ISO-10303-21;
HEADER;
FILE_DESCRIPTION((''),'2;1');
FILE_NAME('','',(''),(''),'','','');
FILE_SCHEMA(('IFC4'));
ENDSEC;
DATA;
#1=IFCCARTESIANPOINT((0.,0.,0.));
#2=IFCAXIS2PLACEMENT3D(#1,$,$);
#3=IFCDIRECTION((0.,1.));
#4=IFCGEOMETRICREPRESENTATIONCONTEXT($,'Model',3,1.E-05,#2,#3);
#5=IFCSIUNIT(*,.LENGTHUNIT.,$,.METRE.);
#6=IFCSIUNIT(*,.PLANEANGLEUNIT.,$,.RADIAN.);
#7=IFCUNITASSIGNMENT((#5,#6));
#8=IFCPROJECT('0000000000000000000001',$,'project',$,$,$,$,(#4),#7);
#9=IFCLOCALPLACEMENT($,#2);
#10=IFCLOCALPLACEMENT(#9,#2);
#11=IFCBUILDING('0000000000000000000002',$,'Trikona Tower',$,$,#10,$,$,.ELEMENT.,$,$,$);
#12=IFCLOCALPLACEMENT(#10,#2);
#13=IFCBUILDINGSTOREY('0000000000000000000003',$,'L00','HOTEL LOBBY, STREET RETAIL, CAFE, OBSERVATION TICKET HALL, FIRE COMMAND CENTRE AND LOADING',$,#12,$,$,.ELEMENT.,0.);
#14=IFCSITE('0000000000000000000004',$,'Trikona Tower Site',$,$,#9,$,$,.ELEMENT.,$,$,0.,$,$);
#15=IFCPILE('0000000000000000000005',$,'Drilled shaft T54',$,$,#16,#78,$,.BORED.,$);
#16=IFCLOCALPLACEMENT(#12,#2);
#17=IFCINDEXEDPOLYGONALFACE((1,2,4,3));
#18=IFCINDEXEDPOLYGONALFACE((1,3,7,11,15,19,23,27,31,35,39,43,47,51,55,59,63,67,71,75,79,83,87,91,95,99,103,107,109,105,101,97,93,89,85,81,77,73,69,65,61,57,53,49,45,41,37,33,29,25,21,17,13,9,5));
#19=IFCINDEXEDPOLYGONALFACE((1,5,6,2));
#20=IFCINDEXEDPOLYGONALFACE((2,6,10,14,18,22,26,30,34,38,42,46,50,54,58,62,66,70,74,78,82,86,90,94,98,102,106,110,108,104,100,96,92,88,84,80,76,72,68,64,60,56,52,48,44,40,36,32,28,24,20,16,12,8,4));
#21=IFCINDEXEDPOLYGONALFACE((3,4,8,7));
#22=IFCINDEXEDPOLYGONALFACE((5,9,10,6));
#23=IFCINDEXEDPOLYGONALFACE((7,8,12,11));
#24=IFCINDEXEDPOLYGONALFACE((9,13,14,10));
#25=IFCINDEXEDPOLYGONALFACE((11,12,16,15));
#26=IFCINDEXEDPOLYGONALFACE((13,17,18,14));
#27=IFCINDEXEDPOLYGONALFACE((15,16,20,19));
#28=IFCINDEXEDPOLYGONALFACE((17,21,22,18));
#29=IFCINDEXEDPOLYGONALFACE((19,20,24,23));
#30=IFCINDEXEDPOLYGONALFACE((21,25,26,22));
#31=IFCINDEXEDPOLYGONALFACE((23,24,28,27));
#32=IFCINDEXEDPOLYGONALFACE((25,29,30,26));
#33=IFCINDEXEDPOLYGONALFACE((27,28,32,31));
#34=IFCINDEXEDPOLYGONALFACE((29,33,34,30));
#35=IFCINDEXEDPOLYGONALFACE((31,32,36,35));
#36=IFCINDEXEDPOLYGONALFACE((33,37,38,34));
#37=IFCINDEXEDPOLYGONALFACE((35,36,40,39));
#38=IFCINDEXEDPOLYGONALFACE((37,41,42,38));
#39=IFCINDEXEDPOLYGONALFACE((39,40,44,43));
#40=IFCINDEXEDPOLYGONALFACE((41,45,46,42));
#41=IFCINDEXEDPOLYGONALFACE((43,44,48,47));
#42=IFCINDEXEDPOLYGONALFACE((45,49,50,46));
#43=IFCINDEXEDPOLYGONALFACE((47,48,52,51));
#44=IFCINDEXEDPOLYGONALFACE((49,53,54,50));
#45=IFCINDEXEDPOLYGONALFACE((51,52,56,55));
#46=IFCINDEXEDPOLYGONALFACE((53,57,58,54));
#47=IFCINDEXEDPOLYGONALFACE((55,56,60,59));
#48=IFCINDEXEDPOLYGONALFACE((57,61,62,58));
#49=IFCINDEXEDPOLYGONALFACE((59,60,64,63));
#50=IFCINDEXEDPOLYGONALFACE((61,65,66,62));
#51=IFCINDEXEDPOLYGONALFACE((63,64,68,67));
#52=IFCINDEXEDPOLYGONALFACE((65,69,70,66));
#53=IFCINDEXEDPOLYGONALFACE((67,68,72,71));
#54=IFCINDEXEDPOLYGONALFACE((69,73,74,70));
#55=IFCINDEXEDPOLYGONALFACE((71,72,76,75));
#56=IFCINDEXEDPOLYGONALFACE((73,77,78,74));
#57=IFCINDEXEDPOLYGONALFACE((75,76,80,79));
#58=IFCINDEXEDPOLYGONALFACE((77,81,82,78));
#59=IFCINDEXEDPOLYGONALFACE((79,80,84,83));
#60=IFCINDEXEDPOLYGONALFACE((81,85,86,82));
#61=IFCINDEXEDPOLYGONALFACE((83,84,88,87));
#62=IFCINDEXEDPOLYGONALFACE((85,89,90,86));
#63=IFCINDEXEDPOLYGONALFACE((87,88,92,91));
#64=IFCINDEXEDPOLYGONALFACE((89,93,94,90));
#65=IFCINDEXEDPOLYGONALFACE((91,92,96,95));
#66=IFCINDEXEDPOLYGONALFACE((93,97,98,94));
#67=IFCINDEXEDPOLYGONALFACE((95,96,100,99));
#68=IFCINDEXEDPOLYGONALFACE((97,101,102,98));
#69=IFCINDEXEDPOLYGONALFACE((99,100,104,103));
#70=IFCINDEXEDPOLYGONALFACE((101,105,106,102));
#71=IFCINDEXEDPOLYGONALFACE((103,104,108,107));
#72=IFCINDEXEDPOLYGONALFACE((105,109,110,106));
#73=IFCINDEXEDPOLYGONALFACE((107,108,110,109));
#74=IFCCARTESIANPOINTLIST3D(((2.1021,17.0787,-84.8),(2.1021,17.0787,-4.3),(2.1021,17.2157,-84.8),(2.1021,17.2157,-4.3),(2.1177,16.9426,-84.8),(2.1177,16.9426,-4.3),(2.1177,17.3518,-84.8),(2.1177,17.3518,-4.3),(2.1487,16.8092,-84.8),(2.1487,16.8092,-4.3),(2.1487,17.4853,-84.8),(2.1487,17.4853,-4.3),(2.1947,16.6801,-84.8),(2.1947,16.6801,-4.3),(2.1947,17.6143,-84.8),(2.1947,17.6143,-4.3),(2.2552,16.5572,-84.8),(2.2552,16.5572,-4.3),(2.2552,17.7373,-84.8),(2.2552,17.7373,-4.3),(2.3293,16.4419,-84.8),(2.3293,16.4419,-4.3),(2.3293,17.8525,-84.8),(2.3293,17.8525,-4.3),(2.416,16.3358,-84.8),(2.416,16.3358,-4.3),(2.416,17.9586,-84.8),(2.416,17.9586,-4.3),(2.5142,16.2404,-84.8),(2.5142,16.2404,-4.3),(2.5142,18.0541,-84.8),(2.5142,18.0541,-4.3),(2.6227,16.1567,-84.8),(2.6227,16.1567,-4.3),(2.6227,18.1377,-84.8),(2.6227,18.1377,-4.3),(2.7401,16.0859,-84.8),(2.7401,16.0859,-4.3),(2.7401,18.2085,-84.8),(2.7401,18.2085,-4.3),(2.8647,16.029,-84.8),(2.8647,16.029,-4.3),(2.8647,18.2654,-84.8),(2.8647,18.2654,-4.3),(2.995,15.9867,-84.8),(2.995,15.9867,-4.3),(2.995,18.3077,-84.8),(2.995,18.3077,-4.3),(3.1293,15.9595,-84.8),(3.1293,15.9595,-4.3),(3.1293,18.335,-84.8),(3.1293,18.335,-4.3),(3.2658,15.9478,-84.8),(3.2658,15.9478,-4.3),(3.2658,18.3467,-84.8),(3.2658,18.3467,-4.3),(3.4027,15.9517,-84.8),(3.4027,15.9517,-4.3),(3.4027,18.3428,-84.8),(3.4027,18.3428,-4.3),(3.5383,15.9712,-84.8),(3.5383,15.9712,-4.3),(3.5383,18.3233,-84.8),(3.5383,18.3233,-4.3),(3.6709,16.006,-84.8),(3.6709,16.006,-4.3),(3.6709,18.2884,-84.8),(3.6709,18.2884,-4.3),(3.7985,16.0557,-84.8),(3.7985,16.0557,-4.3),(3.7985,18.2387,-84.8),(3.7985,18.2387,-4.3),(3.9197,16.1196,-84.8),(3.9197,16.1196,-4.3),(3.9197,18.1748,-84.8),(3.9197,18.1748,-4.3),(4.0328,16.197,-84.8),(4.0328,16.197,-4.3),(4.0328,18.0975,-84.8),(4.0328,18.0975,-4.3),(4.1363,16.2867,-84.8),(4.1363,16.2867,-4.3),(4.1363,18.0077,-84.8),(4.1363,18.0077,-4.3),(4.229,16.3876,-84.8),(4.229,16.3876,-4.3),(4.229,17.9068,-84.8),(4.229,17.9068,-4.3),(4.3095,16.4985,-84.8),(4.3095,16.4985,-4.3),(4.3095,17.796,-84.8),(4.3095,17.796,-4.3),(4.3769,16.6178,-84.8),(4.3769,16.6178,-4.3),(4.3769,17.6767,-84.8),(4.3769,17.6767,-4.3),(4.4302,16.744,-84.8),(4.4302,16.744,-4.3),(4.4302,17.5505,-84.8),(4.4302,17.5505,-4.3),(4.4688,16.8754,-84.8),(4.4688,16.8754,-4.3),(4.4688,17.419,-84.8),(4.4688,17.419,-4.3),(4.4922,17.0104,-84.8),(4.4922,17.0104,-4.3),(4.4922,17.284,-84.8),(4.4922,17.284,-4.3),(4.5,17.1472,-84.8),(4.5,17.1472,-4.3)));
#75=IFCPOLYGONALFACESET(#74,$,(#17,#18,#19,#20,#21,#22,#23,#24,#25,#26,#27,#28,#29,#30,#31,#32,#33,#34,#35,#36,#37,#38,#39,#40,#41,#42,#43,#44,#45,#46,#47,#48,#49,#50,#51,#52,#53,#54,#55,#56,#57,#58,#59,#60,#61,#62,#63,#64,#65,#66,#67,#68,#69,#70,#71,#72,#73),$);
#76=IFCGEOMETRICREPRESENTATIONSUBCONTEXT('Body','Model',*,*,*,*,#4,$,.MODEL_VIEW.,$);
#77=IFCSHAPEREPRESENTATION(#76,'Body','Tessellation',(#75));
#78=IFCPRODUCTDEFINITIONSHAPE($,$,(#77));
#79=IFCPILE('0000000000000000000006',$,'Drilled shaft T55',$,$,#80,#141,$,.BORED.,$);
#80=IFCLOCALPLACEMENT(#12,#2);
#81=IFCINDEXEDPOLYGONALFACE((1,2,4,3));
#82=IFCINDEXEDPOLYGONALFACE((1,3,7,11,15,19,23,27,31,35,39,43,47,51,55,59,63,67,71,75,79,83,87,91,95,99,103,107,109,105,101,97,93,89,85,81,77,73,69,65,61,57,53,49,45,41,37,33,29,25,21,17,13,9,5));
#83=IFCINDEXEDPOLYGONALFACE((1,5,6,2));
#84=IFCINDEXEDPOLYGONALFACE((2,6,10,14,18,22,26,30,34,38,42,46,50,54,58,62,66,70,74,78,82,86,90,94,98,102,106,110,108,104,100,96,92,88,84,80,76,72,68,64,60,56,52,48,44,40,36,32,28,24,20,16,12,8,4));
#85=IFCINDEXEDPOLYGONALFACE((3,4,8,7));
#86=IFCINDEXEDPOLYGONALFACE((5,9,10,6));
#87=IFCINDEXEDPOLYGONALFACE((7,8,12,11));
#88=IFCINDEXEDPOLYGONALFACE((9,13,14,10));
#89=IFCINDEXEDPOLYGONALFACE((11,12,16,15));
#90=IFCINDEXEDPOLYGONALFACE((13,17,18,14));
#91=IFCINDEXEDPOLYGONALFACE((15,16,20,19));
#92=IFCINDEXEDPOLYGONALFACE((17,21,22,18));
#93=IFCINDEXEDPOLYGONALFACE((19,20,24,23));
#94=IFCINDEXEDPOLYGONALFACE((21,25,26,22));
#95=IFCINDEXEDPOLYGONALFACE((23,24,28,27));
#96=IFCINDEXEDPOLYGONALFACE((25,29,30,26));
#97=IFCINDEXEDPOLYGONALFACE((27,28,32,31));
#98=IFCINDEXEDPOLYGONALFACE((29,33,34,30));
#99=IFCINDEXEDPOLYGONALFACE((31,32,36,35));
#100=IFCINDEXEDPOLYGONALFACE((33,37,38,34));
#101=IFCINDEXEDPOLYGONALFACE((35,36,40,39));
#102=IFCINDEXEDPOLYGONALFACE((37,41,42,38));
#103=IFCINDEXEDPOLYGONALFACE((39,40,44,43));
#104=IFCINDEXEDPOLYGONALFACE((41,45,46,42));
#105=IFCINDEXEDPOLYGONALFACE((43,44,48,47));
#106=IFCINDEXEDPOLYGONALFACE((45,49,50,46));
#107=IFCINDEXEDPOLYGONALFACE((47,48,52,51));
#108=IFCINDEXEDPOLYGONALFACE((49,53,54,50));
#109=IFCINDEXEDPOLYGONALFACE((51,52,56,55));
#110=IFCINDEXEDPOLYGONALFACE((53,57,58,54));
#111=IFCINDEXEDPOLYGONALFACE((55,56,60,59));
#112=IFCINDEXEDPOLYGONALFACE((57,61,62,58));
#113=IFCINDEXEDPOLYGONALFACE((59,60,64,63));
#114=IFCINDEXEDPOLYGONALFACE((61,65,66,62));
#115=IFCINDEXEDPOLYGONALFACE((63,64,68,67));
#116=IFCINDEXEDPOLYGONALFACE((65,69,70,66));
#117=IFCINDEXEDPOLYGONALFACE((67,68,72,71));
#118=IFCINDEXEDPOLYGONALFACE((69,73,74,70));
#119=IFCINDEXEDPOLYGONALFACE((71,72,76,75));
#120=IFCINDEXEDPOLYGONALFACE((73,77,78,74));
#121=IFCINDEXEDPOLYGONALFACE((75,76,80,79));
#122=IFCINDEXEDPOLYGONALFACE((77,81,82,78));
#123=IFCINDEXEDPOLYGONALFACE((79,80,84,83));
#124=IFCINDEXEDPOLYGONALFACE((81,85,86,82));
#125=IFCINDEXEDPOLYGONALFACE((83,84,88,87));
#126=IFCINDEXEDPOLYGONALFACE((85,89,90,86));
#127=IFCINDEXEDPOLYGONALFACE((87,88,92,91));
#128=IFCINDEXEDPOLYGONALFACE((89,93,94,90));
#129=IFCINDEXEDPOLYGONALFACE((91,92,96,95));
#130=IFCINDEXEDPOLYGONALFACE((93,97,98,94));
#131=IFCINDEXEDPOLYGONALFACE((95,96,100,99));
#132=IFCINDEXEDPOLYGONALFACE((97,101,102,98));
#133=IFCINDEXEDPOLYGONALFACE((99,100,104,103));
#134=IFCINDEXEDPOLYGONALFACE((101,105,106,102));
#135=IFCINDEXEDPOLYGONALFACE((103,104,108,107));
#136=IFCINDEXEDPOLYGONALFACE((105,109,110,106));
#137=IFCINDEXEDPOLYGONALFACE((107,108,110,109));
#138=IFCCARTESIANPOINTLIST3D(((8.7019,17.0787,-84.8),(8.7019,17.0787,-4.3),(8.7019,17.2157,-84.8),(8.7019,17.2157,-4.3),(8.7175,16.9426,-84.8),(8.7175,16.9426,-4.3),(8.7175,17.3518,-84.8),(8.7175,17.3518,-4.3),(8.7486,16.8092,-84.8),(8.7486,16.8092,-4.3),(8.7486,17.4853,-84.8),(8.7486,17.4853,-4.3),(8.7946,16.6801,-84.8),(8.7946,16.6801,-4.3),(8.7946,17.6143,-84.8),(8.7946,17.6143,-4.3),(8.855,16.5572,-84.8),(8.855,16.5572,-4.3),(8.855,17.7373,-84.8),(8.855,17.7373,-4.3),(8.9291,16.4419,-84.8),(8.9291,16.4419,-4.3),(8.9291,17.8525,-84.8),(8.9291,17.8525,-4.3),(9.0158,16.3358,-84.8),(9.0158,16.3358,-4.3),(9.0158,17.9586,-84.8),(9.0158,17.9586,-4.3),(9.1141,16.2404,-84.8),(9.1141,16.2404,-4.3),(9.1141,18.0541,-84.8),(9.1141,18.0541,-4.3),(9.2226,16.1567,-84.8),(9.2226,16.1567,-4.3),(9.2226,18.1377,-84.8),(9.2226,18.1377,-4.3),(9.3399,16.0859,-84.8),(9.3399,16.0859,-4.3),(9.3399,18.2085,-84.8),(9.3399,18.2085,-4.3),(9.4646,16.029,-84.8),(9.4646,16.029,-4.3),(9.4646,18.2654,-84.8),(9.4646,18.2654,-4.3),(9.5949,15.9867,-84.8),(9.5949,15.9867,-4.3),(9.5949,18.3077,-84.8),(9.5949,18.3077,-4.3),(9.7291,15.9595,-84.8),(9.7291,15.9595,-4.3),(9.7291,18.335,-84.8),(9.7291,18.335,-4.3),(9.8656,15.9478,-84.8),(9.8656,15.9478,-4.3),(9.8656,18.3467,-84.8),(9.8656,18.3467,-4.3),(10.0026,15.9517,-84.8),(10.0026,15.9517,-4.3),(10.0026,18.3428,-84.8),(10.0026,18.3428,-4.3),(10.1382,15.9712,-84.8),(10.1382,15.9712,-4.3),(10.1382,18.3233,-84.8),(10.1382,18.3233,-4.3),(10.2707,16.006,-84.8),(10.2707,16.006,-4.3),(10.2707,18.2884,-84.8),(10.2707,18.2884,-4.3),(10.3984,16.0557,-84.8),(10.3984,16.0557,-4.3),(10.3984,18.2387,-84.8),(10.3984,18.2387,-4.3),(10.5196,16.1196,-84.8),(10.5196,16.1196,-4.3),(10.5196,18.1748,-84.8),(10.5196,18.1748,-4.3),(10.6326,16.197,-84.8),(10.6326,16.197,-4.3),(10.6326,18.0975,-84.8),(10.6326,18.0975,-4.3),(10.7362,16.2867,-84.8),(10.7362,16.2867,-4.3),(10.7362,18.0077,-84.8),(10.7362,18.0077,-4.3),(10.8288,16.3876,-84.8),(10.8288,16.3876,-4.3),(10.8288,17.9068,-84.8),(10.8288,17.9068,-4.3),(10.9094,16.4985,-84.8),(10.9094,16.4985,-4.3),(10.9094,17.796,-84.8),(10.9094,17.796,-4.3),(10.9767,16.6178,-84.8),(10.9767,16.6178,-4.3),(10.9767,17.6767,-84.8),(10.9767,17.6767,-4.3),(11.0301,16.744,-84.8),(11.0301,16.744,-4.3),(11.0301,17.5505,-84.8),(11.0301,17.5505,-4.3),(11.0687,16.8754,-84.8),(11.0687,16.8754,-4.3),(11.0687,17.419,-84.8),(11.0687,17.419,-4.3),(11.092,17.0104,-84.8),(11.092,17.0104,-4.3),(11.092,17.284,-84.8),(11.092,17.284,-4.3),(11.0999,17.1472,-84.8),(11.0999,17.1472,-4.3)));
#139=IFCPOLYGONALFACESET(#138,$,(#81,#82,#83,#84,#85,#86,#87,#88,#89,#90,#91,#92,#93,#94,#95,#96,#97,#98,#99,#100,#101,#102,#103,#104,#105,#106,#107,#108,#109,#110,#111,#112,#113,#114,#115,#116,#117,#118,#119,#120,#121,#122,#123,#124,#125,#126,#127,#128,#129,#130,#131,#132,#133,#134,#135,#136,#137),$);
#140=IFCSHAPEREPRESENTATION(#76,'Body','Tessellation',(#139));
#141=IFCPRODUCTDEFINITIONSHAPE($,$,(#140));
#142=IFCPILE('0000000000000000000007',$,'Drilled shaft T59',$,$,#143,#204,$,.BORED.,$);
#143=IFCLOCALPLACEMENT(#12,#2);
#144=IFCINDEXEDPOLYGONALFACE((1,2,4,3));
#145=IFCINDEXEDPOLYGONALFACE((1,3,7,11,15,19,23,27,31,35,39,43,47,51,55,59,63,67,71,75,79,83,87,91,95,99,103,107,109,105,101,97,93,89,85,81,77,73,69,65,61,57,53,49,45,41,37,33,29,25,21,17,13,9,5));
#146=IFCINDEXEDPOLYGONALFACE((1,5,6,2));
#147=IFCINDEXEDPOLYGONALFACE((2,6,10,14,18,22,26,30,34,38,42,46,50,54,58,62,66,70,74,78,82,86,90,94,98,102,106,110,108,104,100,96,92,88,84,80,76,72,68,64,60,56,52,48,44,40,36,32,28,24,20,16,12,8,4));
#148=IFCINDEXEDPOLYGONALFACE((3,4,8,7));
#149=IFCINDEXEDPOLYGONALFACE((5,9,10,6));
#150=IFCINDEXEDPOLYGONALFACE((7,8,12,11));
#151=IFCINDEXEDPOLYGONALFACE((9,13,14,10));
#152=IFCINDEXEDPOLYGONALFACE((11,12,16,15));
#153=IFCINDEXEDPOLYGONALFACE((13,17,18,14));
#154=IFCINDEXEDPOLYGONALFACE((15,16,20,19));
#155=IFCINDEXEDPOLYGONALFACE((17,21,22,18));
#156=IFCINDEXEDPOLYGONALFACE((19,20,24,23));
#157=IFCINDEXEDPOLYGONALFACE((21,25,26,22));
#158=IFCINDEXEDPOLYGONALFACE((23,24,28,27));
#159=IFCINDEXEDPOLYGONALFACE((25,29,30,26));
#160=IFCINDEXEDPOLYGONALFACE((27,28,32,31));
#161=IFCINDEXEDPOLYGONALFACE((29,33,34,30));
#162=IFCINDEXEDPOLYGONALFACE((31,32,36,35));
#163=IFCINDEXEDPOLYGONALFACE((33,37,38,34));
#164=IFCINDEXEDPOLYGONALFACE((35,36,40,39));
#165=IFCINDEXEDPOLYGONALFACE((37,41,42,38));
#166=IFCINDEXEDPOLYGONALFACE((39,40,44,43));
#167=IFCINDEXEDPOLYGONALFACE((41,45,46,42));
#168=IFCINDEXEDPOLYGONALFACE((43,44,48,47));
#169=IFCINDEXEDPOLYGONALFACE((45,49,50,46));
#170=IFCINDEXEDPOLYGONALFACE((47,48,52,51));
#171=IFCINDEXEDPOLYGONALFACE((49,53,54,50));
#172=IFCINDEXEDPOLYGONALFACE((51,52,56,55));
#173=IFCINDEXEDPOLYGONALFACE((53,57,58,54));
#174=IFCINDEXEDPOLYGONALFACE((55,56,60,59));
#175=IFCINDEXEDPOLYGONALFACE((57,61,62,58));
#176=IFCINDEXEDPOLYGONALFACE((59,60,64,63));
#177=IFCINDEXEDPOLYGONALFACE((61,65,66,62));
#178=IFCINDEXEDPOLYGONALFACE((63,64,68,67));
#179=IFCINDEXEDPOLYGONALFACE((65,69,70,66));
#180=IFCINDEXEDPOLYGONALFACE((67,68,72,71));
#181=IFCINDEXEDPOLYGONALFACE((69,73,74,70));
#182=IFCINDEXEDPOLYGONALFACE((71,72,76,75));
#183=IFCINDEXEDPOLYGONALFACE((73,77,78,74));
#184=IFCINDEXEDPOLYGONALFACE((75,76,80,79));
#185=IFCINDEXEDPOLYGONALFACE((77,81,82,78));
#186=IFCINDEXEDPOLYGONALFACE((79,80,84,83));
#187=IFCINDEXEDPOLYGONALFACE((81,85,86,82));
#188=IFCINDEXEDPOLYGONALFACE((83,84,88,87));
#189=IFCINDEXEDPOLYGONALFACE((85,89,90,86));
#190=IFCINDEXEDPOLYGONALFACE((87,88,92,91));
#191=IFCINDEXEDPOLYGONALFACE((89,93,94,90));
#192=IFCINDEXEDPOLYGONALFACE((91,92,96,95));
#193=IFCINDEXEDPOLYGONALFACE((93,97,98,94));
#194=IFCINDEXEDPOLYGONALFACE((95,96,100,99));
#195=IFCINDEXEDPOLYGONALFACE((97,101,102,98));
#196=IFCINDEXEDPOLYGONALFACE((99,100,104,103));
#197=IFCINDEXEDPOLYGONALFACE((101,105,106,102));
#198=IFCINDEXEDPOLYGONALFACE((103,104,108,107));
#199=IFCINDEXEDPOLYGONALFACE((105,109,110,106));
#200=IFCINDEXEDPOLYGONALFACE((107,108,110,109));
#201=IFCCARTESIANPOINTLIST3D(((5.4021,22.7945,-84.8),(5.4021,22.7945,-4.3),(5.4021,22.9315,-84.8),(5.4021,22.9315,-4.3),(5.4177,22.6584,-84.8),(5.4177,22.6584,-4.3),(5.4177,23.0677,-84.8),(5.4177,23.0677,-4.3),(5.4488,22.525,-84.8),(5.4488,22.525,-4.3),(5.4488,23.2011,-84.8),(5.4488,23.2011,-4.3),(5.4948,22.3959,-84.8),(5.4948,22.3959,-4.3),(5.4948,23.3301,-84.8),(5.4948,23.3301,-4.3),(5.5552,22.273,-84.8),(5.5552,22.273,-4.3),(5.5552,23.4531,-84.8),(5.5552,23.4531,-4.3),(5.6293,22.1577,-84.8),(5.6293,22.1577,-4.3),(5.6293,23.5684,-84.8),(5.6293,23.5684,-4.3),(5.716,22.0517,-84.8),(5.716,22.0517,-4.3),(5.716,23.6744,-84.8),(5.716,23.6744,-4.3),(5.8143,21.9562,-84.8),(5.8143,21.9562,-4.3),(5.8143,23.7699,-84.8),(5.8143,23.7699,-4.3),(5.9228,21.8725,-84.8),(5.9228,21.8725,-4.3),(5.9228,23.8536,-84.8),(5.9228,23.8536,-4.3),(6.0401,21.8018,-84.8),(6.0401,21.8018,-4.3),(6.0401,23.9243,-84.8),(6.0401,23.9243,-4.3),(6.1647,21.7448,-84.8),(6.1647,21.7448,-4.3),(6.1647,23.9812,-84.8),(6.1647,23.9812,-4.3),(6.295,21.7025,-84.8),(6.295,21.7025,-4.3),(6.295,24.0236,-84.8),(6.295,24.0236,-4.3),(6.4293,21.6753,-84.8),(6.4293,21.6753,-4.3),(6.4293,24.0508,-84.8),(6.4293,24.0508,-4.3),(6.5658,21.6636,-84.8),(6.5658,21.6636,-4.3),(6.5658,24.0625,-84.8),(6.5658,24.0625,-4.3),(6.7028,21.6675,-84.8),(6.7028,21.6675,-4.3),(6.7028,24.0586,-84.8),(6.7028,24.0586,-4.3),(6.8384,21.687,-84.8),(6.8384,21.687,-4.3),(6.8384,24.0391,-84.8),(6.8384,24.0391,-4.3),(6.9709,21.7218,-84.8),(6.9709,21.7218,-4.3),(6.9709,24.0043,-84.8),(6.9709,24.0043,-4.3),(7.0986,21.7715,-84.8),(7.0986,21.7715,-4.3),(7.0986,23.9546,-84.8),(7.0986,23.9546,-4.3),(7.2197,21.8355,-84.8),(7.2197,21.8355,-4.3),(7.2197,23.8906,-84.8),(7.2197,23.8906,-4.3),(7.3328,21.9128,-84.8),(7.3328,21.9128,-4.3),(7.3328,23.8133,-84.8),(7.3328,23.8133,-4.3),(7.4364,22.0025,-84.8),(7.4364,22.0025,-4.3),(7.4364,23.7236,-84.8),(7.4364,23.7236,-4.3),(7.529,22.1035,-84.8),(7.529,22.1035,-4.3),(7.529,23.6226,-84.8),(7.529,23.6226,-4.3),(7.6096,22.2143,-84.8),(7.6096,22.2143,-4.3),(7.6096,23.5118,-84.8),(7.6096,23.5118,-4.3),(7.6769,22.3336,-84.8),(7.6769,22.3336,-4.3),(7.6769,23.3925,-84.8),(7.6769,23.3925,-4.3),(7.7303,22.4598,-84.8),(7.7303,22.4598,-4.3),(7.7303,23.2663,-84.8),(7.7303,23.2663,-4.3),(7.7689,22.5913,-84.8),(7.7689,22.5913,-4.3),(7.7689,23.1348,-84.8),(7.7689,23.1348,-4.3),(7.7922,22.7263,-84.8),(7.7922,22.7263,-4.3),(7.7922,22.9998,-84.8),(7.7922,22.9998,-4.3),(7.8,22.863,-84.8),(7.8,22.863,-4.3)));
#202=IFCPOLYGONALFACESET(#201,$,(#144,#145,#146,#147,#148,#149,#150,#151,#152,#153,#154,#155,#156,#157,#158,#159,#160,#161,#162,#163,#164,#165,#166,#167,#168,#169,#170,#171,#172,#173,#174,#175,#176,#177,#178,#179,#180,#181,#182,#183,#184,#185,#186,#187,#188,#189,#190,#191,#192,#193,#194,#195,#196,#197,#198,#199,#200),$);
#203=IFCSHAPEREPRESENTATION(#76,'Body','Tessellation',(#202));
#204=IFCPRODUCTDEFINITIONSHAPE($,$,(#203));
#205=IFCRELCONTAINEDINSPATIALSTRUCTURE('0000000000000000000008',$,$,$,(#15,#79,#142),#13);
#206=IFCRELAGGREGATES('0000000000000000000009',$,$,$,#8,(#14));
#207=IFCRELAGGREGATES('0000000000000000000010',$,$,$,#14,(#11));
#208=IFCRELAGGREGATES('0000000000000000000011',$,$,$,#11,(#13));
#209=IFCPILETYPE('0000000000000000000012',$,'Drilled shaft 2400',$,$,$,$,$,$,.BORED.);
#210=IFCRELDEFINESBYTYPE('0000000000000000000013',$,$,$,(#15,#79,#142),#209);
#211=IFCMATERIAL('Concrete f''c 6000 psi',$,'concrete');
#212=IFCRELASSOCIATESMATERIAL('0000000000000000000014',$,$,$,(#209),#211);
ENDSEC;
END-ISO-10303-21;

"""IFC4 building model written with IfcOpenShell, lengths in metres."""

from ifc_helpers import new_model, si_unit, direction, frame, origin, origin_2d, place, context, subcontext, project, spatial, circle, extrude, material, type_object, element, save


model = new_model("IFC4")

# Units and contexts
model_context = context("Model", 3, precision=1e-05, world=origin(), true_north=direction((0.0, 1.0)))
body_context = subcontext(model_context, "Body", "Model", "MODEL_VIEW")
ifc_project = project(units=[si_unit("LENGTHUNIT", "METRE"), si_unit("PLANEANGLEUNIT", "RADIAN")], contexts=[model_context])

# Site, building, storey
site_placement = place(None, origin())
site = spatial("IfcSite", under=ifc_project, at=site_placement, Name="Trikona Tower Site", CompositionType="ELEMENT", RefElevation=0.0)
building_placement = place(site_placement, origin())
building = spatial("IfcBuilding", under=site, at=building_placement, Name="Trikona Tower", CompositionType="ELEMENT")
storey_placement = place(building_placement, origin())
storey = spatial("IfcBuildingStorey", under=building, at=storey_placement, Name="L00", Description="HOTEL LOBBY, STREET RETAIL, CAFE, OBSERVATION TICKET HALL, FIRE COMMAND CENTRE AND LOADING", CompositionType="ELEMENT", Elevation=0.0)

# Piles
ifc_material_1 = material(Name="Concrete f'c 6000 psi", Category="concrete")
pile_type = type_object("IfcPileType", Name="Drilled shaft 2400", PredefinedType="BORED", material=ifc_material_1)
for number, where, z_axis, x_axis, name in (
    (1, (3.3, 17.1472, -4.3), (0.0, 0.0, -1.0), (1.0, 0.0, 0.0), "Drilled shaft T54"),
    (2, (9.8999, 17.1472, -4.3), (0.0, 0.0, -1.0), (1.0, 0.0, 0.0), "Drilled shaft T55"),
    (3, (6.6001, 22.863, -4.3), (0.0, 0.0, -1.0), (1.0, 0.0, 0.0), "Drilled shaft T59"),
):
    element("IfcPile", number, at=place(storey_placement, frame(where, z_axis=z_axis, x_axis=x_axis)), inside=storey, type_object=pile_type, Name=name, PredefinedType="BORED", context=body_context, shape_type="SweptSolid", body=[
        extrude(circle(Radius=1.2, at=origin_2d()), origin(), (0.0, 0.0, 1.0), 80.5),
    ])

save(model, "model.ifc")
